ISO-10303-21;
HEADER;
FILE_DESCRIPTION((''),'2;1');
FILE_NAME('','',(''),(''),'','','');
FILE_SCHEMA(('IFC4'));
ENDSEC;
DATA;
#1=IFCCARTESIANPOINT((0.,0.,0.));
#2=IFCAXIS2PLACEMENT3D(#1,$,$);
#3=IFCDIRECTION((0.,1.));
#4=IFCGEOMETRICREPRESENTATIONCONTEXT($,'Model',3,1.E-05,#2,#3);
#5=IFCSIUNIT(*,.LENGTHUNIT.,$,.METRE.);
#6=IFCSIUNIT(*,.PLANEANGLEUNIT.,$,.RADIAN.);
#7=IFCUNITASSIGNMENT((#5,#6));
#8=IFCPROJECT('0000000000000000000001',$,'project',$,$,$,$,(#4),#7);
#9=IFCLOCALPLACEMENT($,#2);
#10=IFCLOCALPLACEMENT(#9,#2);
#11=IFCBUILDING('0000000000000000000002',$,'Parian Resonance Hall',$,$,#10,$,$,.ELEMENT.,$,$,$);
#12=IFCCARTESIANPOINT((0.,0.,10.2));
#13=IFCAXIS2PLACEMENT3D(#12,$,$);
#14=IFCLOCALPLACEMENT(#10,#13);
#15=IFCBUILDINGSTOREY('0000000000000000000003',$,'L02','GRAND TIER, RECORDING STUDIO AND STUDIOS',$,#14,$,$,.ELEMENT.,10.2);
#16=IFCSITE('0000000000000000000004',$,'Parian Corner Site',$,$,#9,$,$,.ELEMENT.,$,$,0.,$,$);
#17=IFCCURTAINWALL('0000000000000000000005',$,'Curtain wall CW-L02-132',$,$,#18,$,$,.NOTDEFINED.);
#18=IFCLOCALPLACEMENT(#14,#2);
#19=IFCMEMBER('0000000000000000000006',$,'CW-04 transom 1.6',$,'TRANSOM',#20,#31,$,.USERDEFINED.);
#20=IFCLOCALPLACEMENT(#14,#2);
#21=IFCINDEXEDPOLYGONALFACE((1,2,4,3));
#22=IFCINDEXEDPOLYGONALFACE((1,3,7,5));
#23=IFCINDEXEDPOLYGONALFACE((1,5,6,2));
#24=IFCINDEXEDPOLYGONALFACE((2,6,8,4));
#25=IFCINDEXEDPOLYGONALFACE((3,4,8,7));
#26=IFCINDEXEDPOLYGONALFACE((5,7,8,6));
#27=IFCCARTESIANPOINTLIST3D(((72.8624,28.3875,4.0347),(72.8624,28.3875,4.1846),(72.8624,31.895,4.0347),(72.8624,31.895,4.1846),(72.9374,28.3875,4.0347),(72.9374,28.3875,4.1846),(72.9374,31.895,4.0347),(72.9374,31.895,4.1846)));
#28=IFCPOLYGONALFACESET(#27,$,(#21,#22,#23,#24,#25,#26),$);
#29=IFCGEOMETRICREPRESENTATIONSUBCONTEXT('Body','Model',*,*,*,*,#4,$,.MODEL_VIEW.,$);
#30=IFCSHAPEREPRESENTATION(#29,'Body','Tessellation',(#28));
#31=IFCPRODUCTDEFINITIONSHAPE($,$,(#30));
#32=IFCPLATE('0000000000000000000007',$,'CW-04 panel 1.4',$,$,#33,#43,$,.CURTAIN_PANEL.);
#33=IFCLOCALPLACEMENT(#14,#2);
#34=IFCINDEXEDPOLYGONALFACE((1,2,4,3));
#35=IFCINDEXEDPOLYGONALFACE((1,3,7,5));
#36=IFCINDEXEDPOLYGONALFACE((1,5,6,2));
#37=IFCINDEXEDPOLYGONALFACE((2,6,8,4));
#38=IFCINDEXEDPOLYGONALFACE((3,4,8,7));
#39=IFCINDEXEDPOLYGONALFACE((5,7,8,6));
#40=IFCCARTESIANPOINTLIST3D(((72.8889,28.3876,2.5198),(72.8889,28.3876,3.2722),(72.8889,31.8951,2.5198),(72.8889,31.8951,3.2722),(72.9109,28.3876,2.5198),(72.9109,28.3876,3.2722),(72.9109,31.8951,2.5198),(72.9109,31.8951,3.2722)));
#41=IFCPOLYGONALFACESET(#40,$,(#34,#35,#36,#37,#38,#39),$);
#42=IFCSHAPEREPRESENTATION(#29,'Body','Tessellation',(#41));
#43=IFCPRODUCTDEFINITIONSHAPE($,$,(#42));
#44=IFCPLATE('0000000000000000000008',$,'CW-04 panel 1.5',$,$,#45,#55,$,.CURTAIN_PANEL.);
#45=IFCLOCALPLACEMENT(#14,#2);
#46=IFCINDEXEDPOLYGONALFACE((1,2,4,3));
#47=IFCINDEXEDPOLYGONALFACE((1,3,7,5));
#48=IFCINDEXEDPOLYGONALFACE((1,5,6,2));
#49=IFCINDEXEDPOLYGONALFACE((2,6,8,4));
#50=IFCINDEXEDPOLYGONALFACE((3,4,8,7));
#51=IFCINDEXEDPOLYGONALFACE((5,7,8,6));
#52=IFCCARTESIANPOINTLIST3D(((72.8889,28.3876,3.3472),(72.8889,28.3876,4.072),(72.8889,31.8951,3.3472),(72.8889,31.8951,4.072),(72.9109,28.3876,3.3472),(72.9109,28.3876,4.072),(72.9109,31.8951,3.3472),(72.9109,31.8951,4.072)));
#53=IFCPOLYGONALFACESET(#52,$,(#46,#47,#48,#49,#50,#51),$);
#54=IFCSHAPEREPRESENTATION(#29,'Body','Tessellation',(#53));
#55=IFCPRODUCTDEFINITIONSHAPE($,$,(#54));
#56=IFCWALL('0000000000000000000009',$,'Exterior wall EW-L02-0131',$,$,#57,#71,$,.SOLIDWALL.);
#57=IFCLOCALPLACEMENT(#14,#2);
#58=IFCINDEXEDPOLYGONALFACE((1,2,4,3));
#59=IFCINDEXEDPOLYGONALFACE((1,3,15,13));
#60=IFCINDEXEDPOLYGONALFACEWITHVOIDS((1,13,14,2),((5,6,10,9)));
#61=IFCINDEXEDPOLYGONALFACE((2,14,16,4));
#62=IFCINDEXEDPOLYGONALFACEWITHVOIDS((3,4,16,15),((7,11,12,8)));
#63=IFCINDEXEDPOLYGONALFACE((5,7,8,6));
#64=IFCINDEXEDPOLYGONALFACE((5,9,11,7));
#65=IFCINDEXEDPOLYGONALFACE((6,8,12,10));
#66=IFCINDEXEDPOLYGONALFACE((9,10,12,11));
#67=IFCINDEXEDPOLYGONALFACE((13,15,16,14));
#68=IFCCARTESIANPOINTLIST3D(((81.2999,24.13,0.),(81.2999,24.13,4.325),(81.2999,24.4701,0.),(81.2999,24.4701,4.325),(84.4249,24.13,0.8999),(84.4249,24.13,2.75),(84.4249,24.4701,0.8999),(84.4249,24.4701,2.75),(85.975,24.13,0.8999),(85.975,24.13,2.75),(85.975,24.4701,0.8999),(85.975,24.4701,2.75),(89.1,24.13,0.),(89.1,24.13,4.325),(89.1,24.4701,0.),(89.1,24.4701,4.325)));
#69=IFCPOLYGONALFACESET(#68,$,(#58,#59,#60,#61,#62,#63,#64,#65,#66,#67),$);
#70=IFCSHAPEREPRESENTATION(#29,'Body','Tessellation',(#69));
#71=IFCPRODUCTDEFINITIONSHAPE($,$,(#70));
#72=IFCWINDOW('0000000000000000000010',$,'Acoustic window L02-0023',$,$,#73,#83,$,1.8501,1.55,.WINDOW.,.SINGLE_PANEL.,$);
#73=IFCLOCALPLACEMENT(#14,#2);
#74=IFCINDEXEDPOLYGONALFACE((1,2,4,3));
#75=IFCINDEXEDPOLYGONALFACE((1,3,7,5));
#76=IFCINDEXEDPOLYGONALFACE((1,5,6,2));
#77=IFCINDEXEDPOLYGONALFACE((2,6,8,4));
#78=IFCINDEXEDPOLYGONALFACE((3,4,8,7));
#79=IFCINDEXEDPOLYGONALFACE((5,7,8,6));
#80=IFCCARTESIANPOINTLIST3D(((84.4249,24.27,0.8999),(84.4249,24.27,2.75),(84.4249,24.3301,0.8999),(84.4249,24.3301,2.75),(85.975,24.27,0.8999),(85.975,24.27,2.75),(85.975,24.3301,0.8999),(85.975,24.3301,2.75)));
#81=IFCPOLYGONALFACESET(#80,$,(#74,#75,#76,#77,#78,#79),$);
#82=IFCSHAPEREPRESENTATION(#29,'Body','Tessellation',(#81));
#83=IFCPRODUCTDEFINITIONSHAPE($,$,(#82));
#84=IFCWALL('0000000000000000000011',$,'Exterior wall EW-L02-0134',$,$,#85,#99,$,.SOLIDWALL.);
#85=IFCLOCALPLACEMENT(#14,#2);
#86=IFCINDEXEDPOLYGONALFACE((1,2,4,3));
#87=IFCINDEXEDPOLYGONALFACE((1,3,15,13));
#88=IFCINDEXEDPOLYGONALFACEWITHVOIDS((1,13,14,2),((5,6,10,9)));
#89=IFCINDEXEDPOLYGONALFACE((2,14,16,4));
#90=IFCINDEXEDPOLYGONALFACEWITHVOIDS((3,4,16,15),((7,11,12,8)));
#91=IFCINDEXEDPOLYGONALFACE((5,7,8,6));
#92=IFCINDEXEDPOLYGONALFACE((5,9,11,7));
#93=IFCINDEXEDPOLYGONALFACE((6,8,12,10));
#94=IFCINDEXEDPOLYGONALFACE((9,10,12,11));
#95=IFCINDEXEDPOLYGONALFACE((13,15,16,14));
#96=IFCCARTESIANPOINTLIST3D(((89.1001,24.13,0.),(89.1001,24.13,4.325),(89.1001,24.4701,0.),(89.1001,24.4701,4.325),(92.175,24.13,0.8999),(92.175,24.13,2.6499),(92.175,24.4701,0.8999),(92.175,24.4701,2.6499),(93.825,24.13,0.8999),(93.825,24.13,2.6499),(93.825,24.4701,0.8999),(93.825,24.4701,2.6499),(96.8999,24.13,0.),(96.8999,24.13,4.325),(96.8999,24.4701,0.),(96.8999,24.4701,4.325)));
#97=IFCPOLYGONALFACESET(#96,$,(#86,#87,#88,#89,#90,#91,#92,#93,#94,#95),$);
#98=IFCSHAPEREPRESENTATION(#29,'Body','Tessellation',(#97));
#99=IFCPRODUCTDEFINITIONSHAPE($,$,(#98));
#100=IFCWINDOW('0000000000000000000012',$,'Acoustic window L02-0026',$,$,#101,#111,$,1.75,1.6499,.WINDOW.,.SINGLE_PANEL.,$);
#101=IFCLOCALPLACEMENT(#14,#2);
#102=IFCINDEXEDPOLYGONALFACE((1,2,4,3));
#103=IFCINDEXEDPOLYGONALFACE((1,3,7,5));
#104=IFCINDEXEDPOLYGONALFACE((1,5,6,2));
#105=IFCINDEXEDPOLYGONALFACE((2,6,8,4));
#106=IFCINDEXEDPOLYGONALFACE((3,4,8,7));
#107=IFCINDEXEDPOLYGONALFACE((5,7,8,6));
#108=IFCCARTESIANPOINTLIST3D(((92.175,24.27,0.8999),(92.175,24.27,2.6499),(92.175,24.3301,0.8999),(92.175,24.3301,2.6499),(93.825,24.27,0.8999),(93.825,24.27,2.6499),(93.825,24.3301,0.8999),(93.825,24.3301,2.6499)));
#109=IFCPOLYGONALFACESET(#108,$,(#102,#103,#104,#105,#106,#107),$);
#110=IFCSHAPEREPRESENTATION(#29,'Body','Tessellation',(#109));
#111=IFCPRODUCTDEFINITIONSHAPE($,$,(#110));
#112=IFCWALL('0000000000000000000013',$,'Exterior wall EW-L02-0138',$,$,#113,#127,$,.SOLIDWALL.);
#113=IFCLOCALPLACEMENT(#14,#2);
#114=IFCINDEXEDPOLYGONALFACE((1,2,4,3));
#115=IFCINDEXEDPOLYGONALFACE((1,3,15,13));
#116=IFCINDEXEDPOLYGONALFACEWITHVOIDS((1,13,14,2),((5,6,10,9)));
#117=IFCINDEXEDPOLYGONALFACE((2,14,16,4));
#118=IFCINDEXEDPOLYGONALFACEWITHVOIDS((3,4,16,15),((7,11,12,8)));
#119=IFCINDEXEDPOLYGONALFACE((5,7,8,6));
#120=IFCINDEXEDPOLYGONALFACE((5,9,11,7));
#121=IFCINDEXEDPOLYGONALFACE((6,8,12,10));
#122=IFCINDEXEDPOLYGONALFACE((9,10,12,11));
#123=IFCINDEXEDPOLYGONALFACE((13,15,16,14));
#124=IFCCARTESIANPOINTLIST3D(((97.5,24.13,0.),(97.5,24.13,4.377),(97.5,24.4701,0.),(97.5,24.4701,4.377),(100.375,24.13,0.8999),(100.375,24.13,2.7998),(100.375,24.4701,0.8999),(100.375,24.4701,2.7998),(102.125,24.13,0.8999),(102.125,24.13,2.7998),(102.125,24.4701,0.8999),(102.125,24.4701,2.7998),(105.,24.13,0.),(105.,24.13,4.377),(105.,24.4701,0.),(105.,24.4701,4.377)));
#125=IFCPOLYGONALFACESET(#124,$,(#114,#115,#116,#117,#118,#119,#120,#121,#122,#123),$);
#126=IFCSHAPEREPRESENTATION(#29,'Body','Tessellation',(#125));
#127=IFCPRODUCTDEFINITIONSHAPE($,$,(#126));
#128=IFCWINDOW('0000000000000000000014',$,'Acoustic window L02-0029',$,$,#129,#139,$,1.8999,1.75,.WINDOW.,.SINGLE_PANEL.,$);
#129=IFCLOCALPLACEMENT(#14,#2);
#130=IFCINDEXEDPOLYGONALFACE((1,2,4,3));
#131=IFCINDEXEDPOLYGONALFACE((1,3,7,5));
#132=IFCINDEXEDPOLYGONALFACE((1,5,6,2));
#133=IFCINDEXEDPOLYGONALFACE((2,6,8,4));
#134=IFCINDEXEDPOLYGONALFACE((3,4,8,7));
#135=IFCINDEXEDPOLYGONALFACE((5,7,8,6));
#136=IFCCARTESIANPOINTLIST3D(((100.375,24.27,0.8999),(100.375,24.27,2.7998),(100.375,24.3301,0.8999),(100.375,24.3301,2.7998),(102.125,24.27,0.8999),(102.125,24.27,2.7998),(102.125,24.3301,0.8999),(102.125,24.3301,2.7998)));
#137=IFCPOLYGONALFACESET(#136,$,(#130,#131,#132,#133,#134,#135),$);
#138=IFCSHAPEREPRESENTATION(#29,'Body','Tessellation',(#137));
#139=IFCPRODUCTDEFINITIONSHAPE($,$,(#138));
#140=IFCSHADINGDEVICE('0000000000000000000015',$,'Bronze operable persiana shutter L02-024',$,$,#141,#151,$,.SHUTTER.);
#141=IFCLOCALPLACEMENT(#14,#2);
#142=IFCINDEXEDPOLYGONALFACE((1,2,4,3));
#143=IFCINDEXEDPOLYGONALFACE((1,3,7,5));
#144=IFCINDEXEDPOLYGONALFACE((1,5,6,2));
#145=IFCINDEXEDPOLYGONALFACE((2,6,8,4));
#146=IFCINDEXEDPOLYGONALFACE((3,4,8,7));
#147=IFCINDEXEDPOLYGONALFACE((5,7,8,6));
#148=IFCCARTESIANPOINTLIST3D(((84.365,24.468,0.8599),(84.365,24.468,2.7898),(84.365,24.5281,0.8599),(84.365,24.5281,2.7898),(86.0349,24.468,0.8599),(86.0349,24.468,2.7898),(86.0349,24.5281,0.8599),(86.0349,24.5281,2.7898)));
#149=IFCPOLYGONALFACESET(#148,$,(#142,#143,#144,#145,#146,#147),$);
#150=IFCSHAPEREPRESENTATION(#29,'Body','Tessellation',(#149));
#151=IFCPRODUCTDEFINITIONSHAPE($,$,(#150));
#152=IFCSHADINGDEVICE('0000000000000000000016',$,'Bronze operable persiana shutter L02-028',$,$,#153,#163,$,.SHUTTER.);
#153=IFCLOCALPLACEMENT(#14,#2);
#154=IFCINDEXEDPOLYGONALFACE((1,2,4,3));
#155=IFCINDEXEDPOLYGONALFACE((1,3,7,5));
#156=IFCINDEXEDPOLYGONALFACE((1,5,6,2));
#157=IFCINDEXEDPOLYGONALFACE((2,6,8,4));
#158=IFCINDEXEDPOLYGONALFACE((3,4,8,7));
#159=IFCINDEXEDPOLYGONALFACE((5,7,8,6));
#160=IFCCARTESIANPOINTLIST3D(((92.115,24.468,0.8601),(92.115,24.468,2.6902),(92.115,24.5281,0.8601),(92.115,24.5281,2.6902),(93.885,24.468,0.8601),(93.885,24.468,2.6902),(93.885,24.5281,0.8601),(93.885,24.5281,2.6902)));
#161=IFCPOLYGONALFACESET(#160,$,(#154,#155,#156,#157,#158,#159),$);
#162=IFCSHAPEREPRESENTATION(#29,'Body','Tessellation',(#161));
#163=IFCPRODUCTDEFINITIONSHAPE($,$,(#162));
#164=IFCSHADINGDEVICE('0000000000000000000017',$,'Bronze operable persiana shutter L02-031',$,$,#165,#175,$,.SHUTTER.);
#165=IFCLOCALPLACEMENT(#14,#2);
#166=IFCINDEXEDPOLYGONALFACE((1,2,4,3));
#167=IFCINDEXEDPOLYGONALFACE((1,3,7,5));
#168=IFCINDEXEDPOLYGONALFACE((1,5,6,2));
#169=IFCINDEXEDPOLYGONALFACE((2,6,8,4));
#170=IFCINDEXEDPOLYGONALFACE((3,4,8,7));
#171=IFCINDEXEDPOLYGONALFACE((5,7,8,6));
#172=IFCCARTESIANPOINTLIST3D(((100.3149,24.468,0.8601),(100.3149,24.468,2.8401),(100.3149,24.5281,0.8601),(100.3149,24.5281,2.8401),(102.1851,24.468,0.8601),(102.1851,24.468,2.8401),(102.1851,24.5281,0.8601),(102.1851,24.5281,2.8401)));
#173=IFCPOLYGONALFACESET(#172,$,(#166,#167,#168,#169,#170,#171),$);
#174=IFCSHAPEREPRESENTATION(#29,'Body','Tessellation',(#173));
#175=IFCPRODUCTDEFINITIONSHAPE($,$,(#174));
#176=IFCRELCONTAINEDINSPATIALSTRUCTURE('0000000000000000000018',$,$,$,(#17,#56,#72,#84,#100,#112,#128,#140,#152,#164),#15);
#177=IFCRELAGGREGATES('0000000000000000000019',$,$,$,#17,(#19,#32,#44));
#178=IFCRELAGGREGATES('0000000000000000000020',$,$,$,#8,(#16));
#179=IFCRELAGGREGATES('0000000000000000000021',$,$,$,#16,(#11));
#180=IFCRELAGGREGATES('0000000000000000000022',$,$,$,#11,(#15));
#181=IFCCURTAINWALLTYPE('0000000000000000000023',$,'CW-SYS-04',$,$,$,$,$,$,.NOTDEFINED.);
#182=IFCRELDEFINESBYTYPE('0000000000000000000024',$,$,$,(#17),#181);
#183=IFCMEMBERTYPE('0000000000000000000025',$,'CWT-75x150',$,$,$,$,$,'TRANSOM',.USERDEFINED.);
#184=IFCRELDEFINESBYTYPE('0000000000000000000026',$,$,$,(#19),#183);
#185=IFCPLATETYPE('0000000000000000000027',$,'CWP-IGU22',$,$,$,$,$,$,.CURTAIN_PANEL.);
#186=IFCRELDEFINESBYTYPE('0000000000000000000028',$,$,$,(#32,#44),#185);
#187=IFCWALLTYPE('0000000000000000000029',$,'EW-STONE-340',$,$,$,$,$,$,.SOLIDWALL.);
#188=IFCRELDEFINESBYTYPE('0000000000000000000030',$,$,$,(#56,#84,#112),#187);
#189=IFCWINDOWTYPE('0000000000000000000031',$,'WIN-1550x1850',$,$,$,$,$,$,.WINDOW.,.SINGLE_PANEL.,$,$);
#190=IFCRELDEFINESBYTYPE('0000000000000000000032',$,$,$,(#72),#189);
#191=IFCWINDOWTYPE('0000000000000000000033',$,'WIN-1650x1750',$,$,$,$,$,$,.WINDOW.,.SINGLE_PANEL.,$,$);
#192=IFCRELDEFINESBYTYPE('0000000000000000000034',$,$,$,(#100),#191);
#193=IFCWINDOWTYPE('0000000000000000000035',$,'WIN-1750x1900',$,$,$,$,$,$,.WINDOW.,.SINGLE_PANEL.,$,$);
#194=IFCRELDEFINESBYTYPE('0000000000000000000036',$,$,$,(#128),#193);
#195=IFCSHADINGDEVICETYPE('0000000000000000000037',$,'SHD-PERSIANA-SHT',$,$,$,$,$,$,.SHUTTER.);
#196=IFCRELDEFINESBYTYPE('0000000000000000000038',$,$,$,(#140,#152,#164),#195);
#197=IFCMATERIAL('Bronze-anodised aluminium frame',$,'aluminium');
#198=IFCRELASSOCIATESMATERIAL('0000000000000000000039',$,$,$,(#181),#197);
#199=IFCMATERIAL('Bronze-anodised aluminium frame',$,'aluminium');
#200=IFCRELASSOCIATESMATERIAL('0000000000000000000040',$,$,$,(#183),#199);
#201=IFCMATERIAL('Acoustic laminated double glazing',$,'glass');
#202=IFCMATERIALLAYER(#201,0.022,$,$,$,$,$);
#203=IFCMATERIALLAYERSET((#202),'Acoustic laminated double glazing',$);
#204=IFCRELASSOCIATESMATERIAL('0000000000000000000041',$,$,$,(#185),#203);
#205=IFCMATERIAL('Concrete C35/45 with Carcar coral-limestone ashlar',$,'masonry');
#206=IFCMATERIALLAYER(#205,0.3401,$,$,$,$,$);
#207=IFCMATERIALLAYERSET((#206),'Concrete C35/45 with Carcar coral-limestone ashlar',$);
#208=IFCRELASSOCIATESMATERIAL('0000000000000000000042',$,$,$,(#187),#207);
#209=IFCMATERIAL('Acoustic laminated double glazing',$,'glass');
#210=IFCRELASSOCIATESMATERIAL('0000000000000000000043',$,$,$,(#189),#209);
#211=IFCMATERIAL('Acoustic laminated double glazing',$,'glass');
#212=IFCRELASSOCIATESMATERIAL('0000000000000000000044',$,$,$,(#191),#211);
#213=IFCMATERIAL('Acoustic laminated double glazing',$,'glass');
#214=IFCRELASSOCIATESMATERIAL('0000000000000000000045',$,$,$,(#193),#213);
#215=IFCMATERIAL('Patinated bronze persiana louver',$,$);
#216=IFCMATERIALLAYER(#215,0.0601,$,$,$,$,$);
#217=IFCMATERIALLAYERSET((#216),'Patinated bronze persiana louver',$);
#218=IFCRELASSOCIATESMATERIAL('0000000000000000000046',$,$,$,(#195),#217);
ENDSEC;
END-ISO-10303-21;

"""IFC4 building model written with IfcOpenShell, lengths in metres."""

from ifc_helpers import new_model, si_unit, direction, frame, frame_2d, origin, origin_2d, place, context, subcontext, project, spatial, rectangle, extrude, material, layer, layer_set, material_profile, profile_set, type_object, element, fill, aggregate, save


model = new_model("IFC4")

# Units and contexts
model_context = context("Model", 3, precision=1e-05, world=origin(), true_north=direction((0.0, 1.0)))
body_context = subcontext(model_context, "Body", "Model", "MODEL_VIEW")
ifc_project = project(units=[si_unit("LENGTHUNIT", "METRE"), si_unit("PLANEANGLEUNIT", "RADIAN")], contexts=[model_context])

# Site, building, storey
site_placement = place(None, origin())
site = spatial("IfcSite", under=ifc_project, at=site_placement, Name="Parian Corner Site", CompositionType="ELEMENT", RefElevation=0.0)
building_placement = place(site_placement, origin())
building = spatial("IfcBuilding", under=site, at=building_placement, Name="Parian Resonance Hall", CompositionType="ELEMENT")
storey_placement = place(building_placement, frame((0.0, 0.0, 10.2)))
storey = spatial("IfcBuildingStorey", under=building, at=storey_placement, Name="L02", Description="GRAND TIER, RECORDING STUDIO AND STUDIOS", CompositionType="ELEMENT", Elevation=10.2)

# Curtain wall
ifc_material_1 = material(Name="Bronze-anodised aluminium frame", Category="aluminium")
curtain_wall_type_1 = type_object("IfcCurtainWallType", Name="CW-SYS-04", PredefinedType="NOTDEFINED", material=ifc_material_1)
curtain_wall_1_placement = place(storey_placement, origin())
curtain_wall_1 = element("IfcCurtainWall", 1, at=curtain_wall_1_placement, inside=storey, type_object=curtain_wall_type_1, Name="Curtain wall CW-L02-132", PredefinedType="NOTDEFINED")

# Member
ifc_material_2 = material(Name="Bronze-anodised aluminium frame", Category="aluminium")
ifc_material_profile_1 = material_profile(ifc_material_2, rectangle(XDim=0.075, YDim=0.1499, at=origin_2d()), Name="CWT-75x150")
ifc_profile_set_1 = profile_set([ifc_material_profile_1], Name="Bronze-anodised aluminium frame")
member_type_1 = type_object("IfcMemberType", Name="CWT-75x150", ElementType="TRANSOM", PredefinedType="USERDEFINED", material=ifc_profile_set_1)
member_1_placement = place(storey_placement, frame((72.8999, 31.895, 4.1096), z_axis=(0.0, -1.0, 0.0), x_axis=(1.0, 0.0, 0.0)))
member_1 = element("IfcMember", 2, at=member_1_placement, type_object=member_type_1, Name="CW-04 transom 1.6", ObjectType="TRANSOM", PredefinedType="USERDEFINED", context=body_context, shape_type="SweptSolid", body=[
    extrude(rectangle(XDim=0.075, YDim=0.1499, at=origin_2d()), origin(), (0.0, 0.0, 1.0), 3.5076),
])

# Plates
ifc_material_3 = material(Name="Acoustic laminated double glazing", Category="glass")
ifc_layer_1 = layer(ifc_material_3, 0.022)
ifc_layer_set_1 = layer_set([ifc_layer_1], Name="Acoustic laminated double glazing")
plate_type = type_object("IfcPlateType", Name="CWP-IGU22", PredefinedType="CURTAIN_PANEL", material=ifc_layer_set_1)
plate_1_placement = place(storey_placement, frame((72.8999, 30.1414, 2.5198), z_axis=(0.0, 0.0, 1.0), x_axis=(0.0, -1.0, 0.0)))
plate_1 = element("IfcPlate", 3, at=plate_1_placement, type_object=plate_type, Name="CW-04 panel 1.4", PredefinedType="CURTAIN_PANEL", context=body_context, shape_type="SweptSolid", body=[
    extrude(rectangle(XDim=3.5076, YDim=0.022, at=origin_2d()), origin(), (0.0, 0.0, 1.0), 0.7524),
])
plate_2_placement = place(storey_placement, frame((72.8999, 30.1414, 3.3472), z_axis=(0.0, 0.0, 1.0), x_axis=(0.0, -1.0, 0.0)))
plate_2 = element("IfcPlate", 4, at=plate_2_placement, type_object=plate_type, Name="CW-04 panel 1.5", PredefinedType="CURTAIN_PANEL", context=body_context, shape_type="SweptSolid", body=[
    extrude(rectangle(XDim=3.5076, YDim=0.022, at=origin_2d()), origin(), (0.0, 0.0, 1.0), 0.7249),
])
aggregate(curtain_wall_1, [member_1, plate_1, plate_2])

# Walls, openings, windows
ifc_material_4 = material(Name="Concrete C35/45 with Carcar coral-limestone ashlar", Category="masonry")
ifc_layer_2 = layer(ifc_material_4, 0.3401)
ifc_layer_set_2 = layer_set([ifc_layer_2], Name="Concrete C35/45 with Carcar coral-limestone ashlar")
wall_type = type_object("IfcWallType", Name="EW-STONE-340", PredefinedType="SOLIDWALL", material=ifc_layer_set_2)
wall_1_placement = place(storey_placement, frame((81.3, 24.3, 0.0), z_axis=(0.0, 0.0, 1.0), x_axis=(1.0, 0.0, 0.0)))
wall_1 = element("IfcWall", 5, at=wall_1_placement, inside=storey, type_object=wall_type, Name="Exterior wall EW-L02-0131", PredefinedType="SOLIDWALL", context=body_context, shape_type="SweptSolid", body=[
    extrude(rectangle(XDim=7.8, YDim=0.3401, at=frame_2d((3.8999, 0.0))), origin(), (0.0, 0.0, 1.0), 4.325),
])
opening_1_placement = place(wall_1_placement, frame((3.125, 0.0, 0.8999)))
opening_1 = element("IfcOpeningElement", 6, at=opening_1_placement, cuts=wall_1, PredefinedType="OPENING", context=body_context, shape_type="SweptSolid", body=[
    extrude(rectangle(XDim=1.55, YDim=1.8501, at=frame_2d((0.7749, 0.925))), frame((0.0, 0.1799, 0.0), z_axis=(0.0, -1.0, 0.0), x_axis=(1.0, 0.0, 0.0)), (0.0, 0.0, 1.0), 0.3601),
])
ifc_material_5 = material(Name="Acoustic laminated double glazing", Category="glass")
window_type_1 = type_object("IfcWindowType", Name="WIN-1550x1850", PartitioningType="SINGLE_PANEL", PredefinedType="WINDOW", material=ifc_material_5)
window_1_placement = place(opening_1_placement, origin())
window_1 = element("IfcWindow", 7, at=window_1_placement, inside=storey, type_object=window_type_1, Name="Acoustic window L02-0023", OverallHeight=1.8501, OverallWidth=1.55, PartitioningType="SINGLE_PANEL", PredefinedType="WINDOW", context=body_context, shape_type="SweptSolid", body=[
    extrude(rectangle(XDim=1.55, YDim=1.8501, at=frame_2d((0.7749, 0.925))), frame((0.0, 0.03, 0.0), z_axis=(0.0, -1.0, 0.0), x_axis=(1.0, 0.0, 0.0)), (0.0, 0.0, 1.0), 0.0601),
])
fill(opening_1, window_1)
wall_2_placement = place(storey_placement, frame((89.1001, 24.3, 0.0), z_axis=(0.0, 0.0, 1.0), x_axis=(1.0, 0.0, 0.0)))
wall_2 = element("IfcWall", 8, at=wall_2_placement, inside=storey, type_object=wall_type, Name="Exterior wall EW-L02-0134", PredefinedType="SOLIDWALL", context=body_context, shape_type="SweptSolid", body=[
    extrude(rectangle(XDim=7.7998, YDim=0.3401, at=frame_2d((3.8999, 0.0))), origin(), (0.0, 0.0, 1.0), 4.325),
])
opening_2_placement = place(wall_2_placement, frame((3.075, 0.0, 0.8999)))
opening_2 = element("IfcOpeningElement", 9, at=opening_2_placement, cuts=wall_2, PredefinedType="OPENING", context=body_context, shape_type="SweptSolid", body=[
    extrude(rectangle(XDim=1.6499, YDim=1.75, at=frame_2d((0.825, 0.875))), frame((0.0, 0.1799, 0.0), z_axis=(0.0, -1.0, 0.0), x_axis=(1.0, 0.0, 0.0)), (0.0, 0.0, 1.0), 0.3601),
])
ifc_material_6 = material(Name="Acoustic laminated double glazing", Category="glass")
window_type_2 = type_object("IfcWindowType", Name="WIN-1650x1750", PartitioningType="SINGLE_PANEL", PredefinedType="WINDOW", material=ifc_material_6)
window_2_placement = place(opening_2_placement, origin())
window_2 = element("IfcWindow", 10, at=window_2_placement, inside=storey, type_object=window_type_2, Name="Acoustic window L02-0026", OverallHeight=1.75, OverallWidth=1.6499, PartitioningType="SINGLE_PANEL", PredefinedType="WINDOW", context=body_context, shape_type="SweptSolid", body=[
    extrude(rectangle(XDim=1.6499, YDim=1.75, at=frame_2d((0.825, 0.875))), frame((0.0, 0.03, 0.0), z_axis=(0.0, -1.0, 0.0), x_axis=(1.0, 0.0, 0.0)), (0.0, 0.0, 1.0), 0.0601),
])
fill(opening_2, window_2)
wall_3_placement = place(storey_placement, frame((97.5, 24.3, 0.0), z_axis=(0.0, 0.0, 1.0), x_axis=(1.0, 0.0, 0.0)))
wall_3 = element("IfcWall", 11, at=wall_3_placement, inside=storey, type_object=wall_type, Name="Exterior wall EW-L02-0138", PredefinedType="SOLIDWALL", context=body_context, shape_type="SweptSolid", body=[
    extrude(rectangle(XDim=7.5, YDim=0.3401, at=frame_2d((3.75, 0.0))), origin(), (0.0, 0.0, 1.0), 4.377),
])
opening_3_placement = place(wall_3_placement, frame((2.875, 0.0, 0.8999)))
opening_3 = element("IfcOpeningElement", 12, at=opening_3_placement, cuts=wall_3, PredefinedType="OPENING", context=body_context, shape_type="SweptSolid", body=[
    extrude(rectangle(XDim=1.75, YDim=1.8999, at=frame_2d((0.875, 0.95))), frame((0.0, 0.1799, 0.0), z_axis=(0.0, -1.0, 0.0), x_axis=(1.0, 0.0, 0.0)), (0.0, 0.0, 1.0), 0.3601),
])
ifc_material_7 = material(Name="Acoustic laminated double glazing", Category="glass")
window_type_3 = type_object("IfcWindowType", Name="WIN-1750x1900", PartitioningType="SINGLE_PANEL", PredefinedType="WINDOW", material=ifc_material_7)
window_3_placement = place(opening_3_placement, origin())
window_3 = element("IfcWindow", 13, at=window_3_placement, inside=storey, type_object=window_type_3, Name="Acoustic window L02-0029", OverallHeight=1.8999, OverallWidth=1.75, PartitioningType="SINGLE_PANEL", PredefinedType="WINDOW", context=body_context, shape_type="SweptSolid", body=[
    extrude(rectangle(XDim=1.75, YDim=1.8999, at=frame_2d((0.875, 0.95))), frame((0.0, 0.03, 0.0), z_axis=(0.0, -1.0, 0.0), x_axis=(1.0, 0.0, 0.0)), (0.0, 0.0, 1.0), 0.0601),
])
fill(opening_3, window_3)

# Shading devices
ifc_material_8 = material(Name="Patinated bronze persiana louver")
ifc_layer_3 = layer(ifc_material_8, 0.0601)
ifc_layer_set_3 = layer_set([ifc_layer_3], Name="Patinated bronze persiana louver")
shading_device_type = type_object("IfcShadingDeviceType", Name="SHD-PERSIANA-SHT", PredefinedType="SHUTTER", material=ifc_layer_set_3)
shading_device_1_placement = place(storey_placement, frame((85.2, 24.498, 0.8599), z_axis=(0.0, 0.0, 1.0), x_axis=(1.0, 0.0, 0.0)))
element("IfcShadingDevice", 14, at=shading_device_1_placement, inside=storey, type_object=shading_device_type, Name="Bronze operable persiana shutter L02-024", PredefinedType="SHUTTER", context=body_context, shape_type="SweptSolid", body=[
    extrude(rectangle(XDim=1.6699, YDim=0.0601, at=origin_2d()), origin(), (0.0, 0.0, 1.0), 1.9299),
])
shading_device_2_placement = place(storey_placement, frame((93.0, 24.498, 0.8601), z_axis=(0.0, 0.0, 1.0), x_axis=(1.0, 0.0, 0.0)))
element("IfcShadingDevice", 15, at=shading_device_2_placement, inside=storey, type_object=shading_device_type, Name="Bronze operable persiana shutter L02-028", PredefinedType="SHUTTER", context=body_context, shape_type="SweptSolid", body=[
    extrude(rectangle(XDim=1.77, YDim=0.0601, at=origin_2d()), origin(), (0.0, 0.0, 1.0), 1.8301),
])
shading_device_3_placement = place(storey_placement, frame((101.25, 24.498, 0.8601), z_axis=(0.0, 0.0, 1.0), x_axis=(1.0, 0.0, 0.0)))
element("IfcShadingDevice", 16, at=shading_device_3_placement, inside=storey, type_object=shading_device_type, Name="Bronze operable persiana shutter L02-031", PredefinedType="SHUTTER", context=body_context, shape_type="SweptSolid", body=[
    extrude(rectangle(XDim=1.8701, YDim=0.0601, at=origin_2d()), origin(), (0.0, 0.0, 1.0), 1.98),
])

save(model, "model.ifc")
